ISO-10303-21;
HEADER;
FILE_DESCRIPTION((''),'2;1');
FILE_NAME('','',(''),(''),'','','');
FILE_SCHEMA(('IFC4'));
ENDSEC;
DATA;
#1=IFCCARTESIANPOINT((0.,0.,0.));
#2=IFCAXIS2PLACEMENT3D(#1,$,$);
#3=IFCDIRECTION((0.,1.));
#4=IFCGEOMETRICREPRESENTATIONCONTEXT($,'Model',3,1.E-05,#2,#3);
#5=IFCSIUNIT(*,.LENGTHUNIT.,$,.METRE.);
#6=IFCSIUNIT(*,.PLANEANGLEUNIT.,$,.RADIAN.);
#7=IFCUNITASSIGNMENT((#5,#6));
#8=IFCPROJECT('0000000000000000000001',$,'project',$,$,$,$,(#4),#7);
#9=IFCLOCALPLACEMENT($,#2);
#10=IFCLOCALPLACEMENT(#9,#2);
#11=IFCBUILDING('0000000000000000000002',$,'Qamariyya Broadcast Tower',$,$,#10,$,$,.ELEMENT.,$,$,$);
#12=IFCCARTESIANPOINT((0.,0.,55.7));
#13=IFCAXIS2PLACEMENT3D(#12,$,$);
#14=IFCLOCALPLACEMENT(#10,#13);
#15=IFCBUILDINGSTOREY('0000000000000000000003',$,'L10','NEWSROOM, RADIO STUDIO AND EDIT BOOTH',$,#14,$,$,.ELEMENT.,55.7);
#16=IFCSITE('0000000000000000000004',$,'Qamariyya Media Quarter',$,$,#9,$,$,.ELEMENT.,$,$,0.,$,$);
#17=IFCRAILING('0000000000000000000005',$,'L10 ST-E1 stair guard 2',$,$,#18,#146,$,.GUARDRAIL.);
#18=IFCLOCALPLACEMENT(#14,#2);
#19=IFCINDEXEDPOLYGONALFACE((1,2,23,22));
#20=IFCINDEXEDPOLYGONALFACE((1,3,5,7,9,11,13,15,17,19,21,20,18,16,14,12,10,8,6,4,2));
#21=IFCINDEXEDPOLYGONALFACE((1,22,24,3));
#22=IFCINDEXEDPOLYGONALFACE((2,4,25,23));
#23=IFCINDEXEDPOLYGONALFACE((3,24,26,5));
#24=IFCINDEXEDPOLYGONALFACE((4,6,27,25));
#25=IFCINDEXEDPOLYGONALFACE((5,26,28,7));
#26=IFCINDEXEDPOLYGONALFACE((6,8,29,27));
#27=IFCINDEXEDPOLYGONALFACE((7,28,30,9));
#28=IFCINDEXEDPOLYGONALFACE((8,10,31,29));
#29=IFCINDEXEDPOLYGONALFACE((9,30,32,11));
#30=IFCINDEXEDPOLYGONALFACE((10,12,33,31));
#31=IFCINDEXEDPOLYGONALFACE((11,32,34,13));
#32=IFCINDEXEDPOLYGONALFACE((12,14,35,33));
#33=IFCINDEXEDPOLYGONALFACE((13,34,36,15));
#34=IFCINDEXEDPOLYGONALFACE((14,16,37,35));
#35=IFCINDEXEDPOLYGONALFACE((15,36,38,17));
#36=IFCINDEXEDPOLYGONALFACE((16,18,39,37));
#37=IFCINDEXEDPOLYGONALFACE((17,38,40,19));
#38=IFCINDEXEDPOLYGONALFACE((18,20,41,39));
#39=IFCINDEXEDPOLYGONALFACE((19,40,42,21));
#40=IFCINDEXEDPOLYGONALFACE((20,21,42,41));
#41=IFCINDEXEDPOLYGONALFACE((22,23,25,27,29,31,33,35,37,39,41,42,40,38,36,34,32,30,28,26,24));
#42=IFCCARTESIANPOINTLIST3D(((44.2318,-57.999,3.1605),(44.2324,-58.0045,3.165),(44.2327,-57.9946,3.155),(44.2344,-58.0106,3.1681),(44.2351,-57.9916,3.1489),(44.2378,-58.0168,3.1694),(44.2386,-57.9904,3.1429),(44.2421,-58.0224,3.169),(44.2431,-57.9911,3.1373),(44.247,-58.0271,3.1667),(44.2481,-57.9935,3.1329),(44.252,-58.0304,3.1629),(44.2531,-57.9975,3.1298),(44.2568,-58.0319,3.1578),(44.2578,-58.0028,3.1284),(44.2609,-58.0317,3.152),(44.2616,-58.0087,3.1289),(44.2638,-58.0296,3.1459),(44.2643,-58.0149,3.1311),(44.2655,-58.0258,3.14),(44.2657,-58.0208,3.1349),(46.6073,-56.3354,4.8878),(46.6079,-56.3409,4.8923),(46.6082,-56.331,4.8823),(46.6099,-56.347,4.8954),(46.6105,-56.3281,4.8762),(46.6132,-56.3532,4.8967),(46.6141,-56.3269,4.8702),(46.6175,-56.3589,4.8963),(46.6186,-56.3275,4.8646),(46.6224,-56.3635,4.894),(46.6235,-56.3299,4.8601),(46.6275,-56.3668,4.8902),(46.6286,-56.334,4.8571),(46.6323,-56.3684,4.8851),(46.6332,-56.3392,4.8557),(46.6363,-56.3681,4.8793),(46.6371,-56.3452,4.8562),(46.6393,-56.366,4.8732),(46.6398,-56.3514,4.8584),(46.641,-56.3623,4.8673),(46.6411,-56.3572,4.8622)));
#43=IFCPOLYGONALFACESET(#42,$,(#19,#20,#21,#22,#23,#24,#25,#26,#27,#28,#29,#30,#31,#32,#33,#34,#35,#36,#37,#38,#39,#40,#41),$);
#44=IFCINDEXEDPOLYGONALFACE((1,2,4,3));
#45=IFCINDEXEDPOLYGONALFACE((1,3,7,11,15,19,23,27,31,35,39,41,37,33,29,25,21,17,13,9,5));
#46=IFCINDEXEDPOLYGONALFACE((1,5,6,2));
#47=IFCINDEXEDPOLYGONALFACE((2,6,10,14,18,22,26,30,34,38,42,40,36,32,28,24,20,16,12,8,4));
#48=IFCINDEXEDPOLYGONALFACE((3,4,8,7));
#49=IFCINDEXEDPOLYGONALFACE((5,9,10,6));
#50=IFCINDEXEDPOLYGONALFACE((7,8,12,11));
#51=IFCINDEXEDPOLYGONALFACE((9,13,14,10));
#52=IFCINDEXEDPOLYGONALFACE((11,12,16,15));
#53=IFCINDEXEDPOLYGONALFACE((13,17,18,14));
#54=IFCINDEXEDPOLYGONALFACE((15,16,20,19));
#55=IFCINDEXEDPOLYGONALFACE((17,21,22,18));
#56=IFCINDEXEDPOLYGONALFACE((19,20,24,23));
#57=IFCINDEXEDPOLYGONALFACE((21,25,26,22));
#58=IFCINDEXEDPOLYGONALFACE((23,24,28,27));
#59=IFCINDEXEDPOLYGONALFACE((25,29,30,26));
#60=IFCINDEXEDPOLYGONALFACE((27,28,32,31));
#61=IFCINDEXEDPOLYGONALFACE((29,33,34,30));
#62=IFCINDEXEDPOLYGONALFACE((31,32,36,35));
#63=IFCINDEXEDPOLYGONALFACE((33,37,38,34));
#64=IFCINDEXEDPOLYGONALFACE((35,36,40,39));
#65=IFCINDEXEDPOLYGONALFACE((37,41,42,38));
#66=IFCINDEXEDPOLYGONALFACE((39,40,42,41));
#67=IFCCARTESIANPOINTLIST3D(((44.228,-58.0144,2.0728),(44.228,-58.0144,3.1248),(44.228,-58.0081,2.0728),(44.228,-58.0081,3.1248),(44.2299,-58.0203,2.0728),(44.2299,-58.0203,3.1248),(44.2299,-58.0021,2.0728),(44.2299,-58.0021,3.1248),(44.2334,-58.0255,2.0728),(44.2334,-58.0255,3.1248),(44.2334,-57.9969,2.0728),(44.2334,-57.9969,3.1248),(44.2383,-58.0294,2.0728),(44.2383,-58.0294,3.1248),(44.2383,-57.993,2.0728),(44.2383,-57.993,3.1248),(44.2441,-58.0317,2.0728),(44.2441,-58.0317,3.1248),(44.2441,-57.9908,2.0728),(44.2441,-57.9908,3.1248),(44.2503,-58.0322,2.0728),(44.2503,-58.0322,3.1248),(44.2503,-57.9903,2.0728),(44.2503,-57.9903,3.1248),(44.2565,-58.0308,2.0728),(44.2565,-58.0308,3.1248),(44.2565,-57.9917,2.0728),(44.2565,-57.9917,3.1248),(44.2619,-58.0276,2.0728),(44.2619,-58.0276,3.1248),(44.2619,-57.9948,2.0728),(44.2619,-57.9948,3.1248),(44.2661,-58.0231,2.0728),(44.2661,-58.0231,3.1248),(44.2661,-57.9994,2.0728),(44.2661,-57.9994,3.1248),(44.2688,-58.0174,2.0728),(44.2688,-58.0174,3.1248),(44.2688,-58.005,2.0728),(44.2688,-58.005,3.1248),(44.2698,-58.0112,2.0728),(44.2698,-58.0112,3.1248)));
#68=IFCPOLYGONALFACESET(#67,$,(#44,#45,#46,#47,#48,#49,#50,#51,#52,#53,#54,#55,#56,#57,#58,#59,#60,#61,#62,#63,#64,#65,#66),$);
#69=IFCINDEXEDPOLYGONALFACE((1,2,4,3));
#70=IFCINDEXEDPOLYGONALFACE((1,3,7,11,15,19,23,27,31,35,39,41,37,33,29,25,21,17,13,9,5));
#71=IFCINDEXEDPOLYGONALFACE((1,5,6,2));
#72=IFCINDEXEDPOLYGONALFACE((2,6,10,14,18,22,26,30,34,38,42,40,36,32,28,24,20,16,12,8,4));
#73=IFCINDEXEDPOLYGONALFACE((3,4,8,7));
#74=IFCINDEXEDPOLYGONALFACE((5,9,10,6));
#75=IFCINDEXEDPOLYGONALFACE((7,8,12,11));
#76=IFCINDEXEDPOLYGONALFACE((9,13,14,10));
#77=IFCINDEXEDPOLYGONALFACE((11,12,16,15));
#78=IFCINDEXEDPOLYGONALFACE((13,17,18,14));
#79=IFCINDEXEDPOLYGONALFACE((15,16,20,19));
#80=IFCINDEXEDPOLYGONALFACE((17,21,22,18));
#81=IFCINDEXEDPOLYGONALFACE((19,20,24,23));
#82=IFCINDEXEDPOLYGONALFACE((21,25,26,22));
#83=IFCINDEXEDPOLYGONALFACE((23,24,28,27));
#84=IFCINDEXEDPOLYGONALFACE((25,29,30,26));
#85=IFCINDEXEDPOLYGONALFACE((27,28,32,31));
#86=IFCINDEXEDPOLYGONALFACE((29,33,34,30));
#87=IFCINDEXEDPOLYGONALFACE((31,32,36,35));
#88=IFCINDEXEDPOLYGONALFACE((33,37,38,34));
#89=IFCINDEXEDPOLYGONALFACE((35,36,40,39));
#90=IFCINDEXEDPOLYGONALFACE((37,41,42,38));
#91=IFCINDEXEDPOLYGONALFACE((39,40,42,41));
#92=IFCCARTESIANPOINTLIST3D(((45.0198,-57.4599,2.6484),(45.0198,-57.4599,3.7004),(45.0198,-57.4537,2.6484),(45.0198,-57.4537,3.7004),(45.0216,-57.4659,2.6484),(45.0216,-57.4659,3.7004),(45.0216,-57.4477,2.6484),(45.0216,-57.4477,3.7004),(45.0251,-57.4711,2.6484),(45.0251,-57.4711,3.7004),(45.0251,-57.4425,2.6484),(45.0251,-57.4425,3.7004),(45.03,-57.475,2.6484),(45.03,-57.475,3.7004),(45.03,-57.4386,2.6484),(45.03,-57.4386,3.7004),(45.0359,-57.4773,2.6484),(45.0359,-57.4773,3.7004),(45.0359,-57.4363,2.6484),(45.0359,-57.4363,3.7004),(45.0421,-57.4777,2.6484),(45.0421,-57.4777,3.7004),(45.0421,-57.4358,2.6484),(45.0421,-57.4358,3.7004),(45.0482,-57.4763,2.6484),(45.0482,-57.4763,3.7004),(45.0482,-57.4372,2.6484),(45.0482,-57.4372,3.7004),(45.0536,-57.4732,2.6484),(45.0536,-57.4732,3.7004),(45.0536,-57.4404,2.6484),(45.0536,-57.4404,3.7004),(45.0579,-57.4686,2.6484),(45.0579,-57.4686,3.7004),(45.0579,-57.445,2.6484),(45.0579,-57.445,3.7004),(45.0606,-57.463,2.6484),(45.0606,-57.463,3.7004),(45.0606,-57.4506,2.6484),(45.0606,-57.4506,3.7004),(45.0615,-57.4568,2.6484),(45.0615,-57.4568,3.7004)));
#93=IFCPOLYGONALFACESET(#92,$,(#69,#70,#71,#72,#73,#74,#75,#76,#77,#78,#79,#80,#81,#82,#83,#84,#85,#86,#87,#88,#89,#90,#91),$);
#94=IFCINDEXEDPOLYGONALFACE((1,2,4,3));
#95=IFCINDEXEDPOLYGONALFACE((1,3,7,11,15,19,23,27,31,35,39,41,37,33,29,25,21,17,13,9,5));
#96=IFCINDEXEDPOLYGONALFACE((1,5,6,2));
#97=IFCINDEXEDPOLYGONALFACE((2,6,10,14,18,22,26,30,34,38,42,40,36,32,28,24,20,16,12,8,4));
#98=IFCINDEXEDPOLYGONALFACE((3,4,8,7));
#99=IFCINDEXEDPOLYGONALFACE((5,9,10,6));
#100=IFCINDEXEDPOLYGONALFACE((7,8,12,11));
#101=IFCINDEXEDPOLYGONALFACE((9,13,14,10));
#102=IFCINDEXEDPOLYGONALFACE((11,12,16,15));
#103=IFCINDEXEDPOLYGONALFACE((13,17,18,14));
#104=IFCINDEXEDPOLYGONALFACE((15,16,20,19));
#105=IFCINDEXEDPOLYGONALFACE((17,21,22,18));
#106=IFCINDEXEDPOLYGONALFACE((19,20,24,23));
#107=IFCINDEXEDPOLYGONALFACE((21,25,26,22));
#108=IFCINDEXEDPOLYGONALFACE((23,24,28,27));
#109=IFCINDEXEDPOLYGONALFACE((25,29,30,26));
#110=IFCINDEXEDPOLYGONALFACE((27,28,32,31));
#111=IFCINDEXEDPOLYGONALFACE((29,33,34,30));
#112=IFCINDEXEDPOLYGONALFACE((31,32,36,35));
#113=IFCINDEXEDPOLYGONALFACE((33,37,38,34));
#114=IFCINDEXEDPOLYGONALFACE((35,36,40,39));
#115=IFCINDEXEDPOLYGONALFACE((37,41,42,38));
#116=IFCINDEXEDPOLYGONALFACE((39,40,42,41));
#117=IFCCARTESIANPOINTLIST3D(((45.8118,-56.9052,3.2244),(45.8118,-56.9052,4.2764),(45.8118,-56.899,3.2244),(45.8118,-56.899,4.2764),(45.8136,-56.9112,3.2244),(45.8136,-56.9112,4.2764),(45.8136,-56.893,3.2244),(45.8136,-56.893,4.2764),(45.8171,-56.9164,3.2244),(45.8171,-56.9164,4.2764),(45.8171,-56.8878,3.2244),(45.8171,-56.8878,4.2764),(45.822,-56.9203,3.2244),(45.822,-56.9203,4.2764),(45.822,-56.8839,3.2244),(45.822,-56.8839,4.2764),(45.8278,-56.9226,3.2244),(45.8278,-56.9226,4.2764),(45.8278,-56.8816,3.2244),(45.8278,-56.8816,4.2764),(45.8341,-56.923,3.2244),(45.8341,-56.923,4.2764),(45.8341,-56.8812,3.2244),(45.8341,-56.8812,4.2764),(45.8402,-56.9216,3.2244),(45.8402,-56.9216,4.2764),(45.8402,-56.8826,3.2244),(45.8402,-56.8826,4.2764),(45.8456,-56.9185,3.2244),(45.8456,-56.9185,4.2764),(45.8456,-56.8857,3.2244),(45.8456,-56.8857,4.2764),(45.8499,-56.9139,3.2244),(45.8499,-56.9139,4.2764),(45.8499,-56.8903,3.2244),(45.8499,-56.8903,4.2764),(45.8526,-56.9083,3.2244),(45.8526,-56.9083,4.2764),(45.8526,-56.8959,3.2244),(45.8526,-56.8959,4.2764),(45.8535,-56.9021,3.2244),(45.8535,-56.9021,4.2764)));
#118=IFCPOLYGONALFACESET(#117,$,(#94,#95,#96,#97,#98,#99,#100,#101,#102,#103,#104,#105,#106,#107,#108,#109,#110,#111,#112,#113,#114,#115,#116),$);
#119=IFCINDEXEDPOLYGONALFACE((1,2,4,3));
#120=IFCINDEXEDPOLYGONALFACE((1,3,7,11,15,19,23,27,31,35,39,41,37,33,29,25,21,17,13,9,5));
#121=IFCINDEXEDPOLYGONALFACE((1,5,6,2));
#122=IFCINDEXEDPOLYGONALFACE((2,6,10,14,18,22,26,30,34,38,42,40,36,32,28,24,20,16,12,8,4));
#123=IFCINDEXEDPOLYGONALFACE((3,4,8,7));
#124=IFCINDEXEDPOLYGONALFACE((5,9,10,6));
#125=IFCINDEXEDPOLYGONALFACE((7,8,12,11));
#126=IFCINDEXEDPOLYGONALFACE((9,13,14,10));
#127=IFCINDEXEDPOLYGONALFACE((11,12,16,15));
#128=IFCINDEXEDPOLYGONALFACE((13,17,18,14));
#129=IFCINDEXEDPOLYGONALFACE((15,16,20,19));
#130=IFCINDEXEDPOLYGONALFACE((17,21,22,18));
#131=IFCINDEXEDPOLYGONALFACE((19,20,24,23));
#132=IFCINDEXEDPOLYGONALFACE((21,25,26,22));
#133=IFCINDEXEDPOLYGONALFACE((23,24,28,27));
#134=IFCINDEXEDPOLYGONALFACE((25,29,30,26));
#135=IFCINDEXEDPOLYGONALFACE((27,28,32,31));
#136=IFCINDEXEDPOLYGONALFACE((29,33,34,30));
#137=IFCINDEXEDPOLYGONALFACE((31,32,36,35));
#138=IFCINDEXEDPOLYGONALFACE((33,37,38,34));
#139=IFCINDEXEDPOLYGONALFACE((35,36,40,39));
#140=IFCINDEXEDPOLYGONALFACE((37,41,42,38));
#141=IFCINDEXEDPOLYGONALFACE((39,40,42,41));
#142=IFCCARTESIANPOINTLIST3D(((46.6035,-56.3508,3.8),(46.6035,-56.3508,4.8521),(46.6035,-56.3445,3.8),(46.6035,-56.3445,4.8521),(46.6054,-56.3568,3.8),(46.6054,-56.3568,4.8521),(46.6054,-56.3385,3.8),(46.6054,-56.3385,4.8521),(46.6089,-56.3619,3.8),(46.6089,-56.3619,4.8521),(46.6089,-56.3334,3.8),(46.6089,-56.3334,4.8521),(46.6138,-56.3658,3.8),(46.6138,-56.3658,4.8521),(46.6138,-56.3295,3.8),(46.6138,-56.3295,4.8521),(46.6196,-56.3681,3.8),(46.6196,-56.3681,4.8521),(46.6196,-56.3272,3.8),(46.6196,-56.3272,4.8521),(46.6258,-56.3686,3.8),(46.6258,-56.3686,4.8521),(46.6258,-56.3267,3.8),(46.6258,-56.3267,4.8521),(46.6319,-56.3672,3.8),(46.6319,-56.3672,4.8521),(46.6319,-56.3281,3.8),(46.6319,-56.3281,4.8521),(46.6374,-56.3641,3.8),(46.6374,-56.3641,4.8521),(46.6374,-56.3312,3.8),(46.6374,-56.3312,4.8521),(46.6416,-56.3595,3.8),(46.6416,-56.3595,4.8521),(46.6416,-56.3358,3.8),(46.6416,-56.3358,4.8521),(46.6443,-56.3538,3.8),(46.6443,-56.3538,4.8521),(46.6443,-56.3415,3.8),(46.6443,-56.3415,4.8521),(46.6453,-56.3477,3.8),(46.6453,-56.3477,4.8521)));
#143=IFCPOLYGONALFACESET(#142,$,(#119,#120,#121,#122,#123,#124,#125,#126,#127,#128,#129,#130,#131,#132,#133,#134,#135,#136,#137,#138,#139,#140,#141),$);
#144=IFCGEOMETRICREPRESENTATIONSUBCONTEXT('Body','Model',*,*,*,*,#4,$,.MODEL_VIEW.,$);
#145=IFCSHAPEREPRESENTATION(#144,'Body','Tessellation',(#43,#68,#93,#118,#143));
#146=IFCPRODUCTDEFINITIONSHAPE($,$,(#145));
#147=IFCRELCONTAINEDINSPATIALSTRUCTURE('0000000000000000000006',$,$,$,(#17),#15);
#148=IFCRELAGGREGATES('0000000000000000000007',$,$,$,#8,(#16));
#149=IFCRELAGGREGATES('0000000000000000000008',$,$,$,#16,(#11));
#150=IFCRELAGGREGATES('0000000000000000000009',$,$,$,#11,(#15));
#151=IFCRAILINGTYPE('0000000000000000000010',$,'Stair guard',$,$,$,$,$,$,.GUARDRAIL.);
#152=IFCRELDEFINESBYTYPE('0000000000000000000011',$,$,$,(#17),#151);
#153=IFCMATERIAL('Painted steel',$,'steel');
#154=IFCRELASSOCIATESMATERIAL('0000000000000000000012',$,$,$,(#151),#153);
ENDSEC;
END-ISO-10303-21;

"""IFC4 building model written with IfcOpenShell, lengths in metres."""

from ifc_helpers import new_model, si_unit, direction, frame, origin, origin_2d, place, context, subcontext, project, spatial, circle, extrude, material, type_object, element, save


model = new_model("IFC4")

# Units and contexts
model_context = context("Model", 3, precision=1e-05, world=origin(), true_north=direction((0.0, 1.0)))
body_context = subcontext(model_context, "Body", "Model", "MODEL_VIEW")
ifc_project = project(units=[si_unit("LENGTHUNIT", "METRE"), si_unit("PLANEANGLEUNIT", "RADIAN")], contexts=[model_context])

# Site, building, storey
site_placement = place(None, origin())
site = spatial("IfcSite", under=ifc_project, at=site_placement, Name="Qamariyya Media Quarter", CompositionType="ELEMENT", RefElevation=0.0)
building_placement = place(site_placement, origin())
building = spatial("IfcBuilding", under=site, at=building_placement, Name="Qamariyya Broadcast Tower", CompositionType="ELEMENT")
storey_placement = place(building_placement, frame((0.0, 0.0, 55.7)))
storey = spatial("IfcBuildingStorey", under=building, at=storey_placement, Name="L10", Description="NEWSROOM, RADIO STUDIO AND EDIT BOOTH", CompositionType="ELEMENT", Elevation=55.7)

# Railing
ifc_material_1 = material(Name="Painted steel", Category="steel")
railing_type_1 = type_object("IfcRailingType", Name="Stair guard", PredefinedType="GUARDRAIL", material=ifc_material_1)
railing_1_placement = place(storey_placement, frame((44.2488, -58.0112, 2.0728)))
element("IfcRailing", 1, at=railing_1_placement, inside=storey, type_object=railing_type_1, Name="L10 ST-E1 stair guard 2", PredefinedType="GUARDRAIL", context=body_context, shape_type="SweptSolid", body=[
    extrude(circle(Radius=0.0239, at=origin_2d()), frame((0.0, 0.0, 1.0762), z_axis=(0.703745, 0.492838, 0.511716), x_axis=(-0.573632, 0.819113, 0.0)), (0.0, 0.0, 1.0), 3.3755),
    extrude(circle(Radius=0.021, at=origin_2d()), origin(), (0.0, 0.0, 1.0), 1.052),
    extrude(circle(Radius=0.021, at=origin_2d()), frame((0.7917, 0.5544, 0.5757)), (0.0, 0.0, 1.0), 1.052),
    extrude(circle(Radius=0.021, at=origin_2d()), frame((1.5837, 1.1091, 1.1516)), (0.0, 0.0, 1.0), 1.052),
    extrude(circle(Radius=0.021, at=origin_2d()), frame((2.3755, 1.6636, 1.7273)), (0.0, 0.0, 1.0), 1.052),
])

save(model, "model.ifc")
